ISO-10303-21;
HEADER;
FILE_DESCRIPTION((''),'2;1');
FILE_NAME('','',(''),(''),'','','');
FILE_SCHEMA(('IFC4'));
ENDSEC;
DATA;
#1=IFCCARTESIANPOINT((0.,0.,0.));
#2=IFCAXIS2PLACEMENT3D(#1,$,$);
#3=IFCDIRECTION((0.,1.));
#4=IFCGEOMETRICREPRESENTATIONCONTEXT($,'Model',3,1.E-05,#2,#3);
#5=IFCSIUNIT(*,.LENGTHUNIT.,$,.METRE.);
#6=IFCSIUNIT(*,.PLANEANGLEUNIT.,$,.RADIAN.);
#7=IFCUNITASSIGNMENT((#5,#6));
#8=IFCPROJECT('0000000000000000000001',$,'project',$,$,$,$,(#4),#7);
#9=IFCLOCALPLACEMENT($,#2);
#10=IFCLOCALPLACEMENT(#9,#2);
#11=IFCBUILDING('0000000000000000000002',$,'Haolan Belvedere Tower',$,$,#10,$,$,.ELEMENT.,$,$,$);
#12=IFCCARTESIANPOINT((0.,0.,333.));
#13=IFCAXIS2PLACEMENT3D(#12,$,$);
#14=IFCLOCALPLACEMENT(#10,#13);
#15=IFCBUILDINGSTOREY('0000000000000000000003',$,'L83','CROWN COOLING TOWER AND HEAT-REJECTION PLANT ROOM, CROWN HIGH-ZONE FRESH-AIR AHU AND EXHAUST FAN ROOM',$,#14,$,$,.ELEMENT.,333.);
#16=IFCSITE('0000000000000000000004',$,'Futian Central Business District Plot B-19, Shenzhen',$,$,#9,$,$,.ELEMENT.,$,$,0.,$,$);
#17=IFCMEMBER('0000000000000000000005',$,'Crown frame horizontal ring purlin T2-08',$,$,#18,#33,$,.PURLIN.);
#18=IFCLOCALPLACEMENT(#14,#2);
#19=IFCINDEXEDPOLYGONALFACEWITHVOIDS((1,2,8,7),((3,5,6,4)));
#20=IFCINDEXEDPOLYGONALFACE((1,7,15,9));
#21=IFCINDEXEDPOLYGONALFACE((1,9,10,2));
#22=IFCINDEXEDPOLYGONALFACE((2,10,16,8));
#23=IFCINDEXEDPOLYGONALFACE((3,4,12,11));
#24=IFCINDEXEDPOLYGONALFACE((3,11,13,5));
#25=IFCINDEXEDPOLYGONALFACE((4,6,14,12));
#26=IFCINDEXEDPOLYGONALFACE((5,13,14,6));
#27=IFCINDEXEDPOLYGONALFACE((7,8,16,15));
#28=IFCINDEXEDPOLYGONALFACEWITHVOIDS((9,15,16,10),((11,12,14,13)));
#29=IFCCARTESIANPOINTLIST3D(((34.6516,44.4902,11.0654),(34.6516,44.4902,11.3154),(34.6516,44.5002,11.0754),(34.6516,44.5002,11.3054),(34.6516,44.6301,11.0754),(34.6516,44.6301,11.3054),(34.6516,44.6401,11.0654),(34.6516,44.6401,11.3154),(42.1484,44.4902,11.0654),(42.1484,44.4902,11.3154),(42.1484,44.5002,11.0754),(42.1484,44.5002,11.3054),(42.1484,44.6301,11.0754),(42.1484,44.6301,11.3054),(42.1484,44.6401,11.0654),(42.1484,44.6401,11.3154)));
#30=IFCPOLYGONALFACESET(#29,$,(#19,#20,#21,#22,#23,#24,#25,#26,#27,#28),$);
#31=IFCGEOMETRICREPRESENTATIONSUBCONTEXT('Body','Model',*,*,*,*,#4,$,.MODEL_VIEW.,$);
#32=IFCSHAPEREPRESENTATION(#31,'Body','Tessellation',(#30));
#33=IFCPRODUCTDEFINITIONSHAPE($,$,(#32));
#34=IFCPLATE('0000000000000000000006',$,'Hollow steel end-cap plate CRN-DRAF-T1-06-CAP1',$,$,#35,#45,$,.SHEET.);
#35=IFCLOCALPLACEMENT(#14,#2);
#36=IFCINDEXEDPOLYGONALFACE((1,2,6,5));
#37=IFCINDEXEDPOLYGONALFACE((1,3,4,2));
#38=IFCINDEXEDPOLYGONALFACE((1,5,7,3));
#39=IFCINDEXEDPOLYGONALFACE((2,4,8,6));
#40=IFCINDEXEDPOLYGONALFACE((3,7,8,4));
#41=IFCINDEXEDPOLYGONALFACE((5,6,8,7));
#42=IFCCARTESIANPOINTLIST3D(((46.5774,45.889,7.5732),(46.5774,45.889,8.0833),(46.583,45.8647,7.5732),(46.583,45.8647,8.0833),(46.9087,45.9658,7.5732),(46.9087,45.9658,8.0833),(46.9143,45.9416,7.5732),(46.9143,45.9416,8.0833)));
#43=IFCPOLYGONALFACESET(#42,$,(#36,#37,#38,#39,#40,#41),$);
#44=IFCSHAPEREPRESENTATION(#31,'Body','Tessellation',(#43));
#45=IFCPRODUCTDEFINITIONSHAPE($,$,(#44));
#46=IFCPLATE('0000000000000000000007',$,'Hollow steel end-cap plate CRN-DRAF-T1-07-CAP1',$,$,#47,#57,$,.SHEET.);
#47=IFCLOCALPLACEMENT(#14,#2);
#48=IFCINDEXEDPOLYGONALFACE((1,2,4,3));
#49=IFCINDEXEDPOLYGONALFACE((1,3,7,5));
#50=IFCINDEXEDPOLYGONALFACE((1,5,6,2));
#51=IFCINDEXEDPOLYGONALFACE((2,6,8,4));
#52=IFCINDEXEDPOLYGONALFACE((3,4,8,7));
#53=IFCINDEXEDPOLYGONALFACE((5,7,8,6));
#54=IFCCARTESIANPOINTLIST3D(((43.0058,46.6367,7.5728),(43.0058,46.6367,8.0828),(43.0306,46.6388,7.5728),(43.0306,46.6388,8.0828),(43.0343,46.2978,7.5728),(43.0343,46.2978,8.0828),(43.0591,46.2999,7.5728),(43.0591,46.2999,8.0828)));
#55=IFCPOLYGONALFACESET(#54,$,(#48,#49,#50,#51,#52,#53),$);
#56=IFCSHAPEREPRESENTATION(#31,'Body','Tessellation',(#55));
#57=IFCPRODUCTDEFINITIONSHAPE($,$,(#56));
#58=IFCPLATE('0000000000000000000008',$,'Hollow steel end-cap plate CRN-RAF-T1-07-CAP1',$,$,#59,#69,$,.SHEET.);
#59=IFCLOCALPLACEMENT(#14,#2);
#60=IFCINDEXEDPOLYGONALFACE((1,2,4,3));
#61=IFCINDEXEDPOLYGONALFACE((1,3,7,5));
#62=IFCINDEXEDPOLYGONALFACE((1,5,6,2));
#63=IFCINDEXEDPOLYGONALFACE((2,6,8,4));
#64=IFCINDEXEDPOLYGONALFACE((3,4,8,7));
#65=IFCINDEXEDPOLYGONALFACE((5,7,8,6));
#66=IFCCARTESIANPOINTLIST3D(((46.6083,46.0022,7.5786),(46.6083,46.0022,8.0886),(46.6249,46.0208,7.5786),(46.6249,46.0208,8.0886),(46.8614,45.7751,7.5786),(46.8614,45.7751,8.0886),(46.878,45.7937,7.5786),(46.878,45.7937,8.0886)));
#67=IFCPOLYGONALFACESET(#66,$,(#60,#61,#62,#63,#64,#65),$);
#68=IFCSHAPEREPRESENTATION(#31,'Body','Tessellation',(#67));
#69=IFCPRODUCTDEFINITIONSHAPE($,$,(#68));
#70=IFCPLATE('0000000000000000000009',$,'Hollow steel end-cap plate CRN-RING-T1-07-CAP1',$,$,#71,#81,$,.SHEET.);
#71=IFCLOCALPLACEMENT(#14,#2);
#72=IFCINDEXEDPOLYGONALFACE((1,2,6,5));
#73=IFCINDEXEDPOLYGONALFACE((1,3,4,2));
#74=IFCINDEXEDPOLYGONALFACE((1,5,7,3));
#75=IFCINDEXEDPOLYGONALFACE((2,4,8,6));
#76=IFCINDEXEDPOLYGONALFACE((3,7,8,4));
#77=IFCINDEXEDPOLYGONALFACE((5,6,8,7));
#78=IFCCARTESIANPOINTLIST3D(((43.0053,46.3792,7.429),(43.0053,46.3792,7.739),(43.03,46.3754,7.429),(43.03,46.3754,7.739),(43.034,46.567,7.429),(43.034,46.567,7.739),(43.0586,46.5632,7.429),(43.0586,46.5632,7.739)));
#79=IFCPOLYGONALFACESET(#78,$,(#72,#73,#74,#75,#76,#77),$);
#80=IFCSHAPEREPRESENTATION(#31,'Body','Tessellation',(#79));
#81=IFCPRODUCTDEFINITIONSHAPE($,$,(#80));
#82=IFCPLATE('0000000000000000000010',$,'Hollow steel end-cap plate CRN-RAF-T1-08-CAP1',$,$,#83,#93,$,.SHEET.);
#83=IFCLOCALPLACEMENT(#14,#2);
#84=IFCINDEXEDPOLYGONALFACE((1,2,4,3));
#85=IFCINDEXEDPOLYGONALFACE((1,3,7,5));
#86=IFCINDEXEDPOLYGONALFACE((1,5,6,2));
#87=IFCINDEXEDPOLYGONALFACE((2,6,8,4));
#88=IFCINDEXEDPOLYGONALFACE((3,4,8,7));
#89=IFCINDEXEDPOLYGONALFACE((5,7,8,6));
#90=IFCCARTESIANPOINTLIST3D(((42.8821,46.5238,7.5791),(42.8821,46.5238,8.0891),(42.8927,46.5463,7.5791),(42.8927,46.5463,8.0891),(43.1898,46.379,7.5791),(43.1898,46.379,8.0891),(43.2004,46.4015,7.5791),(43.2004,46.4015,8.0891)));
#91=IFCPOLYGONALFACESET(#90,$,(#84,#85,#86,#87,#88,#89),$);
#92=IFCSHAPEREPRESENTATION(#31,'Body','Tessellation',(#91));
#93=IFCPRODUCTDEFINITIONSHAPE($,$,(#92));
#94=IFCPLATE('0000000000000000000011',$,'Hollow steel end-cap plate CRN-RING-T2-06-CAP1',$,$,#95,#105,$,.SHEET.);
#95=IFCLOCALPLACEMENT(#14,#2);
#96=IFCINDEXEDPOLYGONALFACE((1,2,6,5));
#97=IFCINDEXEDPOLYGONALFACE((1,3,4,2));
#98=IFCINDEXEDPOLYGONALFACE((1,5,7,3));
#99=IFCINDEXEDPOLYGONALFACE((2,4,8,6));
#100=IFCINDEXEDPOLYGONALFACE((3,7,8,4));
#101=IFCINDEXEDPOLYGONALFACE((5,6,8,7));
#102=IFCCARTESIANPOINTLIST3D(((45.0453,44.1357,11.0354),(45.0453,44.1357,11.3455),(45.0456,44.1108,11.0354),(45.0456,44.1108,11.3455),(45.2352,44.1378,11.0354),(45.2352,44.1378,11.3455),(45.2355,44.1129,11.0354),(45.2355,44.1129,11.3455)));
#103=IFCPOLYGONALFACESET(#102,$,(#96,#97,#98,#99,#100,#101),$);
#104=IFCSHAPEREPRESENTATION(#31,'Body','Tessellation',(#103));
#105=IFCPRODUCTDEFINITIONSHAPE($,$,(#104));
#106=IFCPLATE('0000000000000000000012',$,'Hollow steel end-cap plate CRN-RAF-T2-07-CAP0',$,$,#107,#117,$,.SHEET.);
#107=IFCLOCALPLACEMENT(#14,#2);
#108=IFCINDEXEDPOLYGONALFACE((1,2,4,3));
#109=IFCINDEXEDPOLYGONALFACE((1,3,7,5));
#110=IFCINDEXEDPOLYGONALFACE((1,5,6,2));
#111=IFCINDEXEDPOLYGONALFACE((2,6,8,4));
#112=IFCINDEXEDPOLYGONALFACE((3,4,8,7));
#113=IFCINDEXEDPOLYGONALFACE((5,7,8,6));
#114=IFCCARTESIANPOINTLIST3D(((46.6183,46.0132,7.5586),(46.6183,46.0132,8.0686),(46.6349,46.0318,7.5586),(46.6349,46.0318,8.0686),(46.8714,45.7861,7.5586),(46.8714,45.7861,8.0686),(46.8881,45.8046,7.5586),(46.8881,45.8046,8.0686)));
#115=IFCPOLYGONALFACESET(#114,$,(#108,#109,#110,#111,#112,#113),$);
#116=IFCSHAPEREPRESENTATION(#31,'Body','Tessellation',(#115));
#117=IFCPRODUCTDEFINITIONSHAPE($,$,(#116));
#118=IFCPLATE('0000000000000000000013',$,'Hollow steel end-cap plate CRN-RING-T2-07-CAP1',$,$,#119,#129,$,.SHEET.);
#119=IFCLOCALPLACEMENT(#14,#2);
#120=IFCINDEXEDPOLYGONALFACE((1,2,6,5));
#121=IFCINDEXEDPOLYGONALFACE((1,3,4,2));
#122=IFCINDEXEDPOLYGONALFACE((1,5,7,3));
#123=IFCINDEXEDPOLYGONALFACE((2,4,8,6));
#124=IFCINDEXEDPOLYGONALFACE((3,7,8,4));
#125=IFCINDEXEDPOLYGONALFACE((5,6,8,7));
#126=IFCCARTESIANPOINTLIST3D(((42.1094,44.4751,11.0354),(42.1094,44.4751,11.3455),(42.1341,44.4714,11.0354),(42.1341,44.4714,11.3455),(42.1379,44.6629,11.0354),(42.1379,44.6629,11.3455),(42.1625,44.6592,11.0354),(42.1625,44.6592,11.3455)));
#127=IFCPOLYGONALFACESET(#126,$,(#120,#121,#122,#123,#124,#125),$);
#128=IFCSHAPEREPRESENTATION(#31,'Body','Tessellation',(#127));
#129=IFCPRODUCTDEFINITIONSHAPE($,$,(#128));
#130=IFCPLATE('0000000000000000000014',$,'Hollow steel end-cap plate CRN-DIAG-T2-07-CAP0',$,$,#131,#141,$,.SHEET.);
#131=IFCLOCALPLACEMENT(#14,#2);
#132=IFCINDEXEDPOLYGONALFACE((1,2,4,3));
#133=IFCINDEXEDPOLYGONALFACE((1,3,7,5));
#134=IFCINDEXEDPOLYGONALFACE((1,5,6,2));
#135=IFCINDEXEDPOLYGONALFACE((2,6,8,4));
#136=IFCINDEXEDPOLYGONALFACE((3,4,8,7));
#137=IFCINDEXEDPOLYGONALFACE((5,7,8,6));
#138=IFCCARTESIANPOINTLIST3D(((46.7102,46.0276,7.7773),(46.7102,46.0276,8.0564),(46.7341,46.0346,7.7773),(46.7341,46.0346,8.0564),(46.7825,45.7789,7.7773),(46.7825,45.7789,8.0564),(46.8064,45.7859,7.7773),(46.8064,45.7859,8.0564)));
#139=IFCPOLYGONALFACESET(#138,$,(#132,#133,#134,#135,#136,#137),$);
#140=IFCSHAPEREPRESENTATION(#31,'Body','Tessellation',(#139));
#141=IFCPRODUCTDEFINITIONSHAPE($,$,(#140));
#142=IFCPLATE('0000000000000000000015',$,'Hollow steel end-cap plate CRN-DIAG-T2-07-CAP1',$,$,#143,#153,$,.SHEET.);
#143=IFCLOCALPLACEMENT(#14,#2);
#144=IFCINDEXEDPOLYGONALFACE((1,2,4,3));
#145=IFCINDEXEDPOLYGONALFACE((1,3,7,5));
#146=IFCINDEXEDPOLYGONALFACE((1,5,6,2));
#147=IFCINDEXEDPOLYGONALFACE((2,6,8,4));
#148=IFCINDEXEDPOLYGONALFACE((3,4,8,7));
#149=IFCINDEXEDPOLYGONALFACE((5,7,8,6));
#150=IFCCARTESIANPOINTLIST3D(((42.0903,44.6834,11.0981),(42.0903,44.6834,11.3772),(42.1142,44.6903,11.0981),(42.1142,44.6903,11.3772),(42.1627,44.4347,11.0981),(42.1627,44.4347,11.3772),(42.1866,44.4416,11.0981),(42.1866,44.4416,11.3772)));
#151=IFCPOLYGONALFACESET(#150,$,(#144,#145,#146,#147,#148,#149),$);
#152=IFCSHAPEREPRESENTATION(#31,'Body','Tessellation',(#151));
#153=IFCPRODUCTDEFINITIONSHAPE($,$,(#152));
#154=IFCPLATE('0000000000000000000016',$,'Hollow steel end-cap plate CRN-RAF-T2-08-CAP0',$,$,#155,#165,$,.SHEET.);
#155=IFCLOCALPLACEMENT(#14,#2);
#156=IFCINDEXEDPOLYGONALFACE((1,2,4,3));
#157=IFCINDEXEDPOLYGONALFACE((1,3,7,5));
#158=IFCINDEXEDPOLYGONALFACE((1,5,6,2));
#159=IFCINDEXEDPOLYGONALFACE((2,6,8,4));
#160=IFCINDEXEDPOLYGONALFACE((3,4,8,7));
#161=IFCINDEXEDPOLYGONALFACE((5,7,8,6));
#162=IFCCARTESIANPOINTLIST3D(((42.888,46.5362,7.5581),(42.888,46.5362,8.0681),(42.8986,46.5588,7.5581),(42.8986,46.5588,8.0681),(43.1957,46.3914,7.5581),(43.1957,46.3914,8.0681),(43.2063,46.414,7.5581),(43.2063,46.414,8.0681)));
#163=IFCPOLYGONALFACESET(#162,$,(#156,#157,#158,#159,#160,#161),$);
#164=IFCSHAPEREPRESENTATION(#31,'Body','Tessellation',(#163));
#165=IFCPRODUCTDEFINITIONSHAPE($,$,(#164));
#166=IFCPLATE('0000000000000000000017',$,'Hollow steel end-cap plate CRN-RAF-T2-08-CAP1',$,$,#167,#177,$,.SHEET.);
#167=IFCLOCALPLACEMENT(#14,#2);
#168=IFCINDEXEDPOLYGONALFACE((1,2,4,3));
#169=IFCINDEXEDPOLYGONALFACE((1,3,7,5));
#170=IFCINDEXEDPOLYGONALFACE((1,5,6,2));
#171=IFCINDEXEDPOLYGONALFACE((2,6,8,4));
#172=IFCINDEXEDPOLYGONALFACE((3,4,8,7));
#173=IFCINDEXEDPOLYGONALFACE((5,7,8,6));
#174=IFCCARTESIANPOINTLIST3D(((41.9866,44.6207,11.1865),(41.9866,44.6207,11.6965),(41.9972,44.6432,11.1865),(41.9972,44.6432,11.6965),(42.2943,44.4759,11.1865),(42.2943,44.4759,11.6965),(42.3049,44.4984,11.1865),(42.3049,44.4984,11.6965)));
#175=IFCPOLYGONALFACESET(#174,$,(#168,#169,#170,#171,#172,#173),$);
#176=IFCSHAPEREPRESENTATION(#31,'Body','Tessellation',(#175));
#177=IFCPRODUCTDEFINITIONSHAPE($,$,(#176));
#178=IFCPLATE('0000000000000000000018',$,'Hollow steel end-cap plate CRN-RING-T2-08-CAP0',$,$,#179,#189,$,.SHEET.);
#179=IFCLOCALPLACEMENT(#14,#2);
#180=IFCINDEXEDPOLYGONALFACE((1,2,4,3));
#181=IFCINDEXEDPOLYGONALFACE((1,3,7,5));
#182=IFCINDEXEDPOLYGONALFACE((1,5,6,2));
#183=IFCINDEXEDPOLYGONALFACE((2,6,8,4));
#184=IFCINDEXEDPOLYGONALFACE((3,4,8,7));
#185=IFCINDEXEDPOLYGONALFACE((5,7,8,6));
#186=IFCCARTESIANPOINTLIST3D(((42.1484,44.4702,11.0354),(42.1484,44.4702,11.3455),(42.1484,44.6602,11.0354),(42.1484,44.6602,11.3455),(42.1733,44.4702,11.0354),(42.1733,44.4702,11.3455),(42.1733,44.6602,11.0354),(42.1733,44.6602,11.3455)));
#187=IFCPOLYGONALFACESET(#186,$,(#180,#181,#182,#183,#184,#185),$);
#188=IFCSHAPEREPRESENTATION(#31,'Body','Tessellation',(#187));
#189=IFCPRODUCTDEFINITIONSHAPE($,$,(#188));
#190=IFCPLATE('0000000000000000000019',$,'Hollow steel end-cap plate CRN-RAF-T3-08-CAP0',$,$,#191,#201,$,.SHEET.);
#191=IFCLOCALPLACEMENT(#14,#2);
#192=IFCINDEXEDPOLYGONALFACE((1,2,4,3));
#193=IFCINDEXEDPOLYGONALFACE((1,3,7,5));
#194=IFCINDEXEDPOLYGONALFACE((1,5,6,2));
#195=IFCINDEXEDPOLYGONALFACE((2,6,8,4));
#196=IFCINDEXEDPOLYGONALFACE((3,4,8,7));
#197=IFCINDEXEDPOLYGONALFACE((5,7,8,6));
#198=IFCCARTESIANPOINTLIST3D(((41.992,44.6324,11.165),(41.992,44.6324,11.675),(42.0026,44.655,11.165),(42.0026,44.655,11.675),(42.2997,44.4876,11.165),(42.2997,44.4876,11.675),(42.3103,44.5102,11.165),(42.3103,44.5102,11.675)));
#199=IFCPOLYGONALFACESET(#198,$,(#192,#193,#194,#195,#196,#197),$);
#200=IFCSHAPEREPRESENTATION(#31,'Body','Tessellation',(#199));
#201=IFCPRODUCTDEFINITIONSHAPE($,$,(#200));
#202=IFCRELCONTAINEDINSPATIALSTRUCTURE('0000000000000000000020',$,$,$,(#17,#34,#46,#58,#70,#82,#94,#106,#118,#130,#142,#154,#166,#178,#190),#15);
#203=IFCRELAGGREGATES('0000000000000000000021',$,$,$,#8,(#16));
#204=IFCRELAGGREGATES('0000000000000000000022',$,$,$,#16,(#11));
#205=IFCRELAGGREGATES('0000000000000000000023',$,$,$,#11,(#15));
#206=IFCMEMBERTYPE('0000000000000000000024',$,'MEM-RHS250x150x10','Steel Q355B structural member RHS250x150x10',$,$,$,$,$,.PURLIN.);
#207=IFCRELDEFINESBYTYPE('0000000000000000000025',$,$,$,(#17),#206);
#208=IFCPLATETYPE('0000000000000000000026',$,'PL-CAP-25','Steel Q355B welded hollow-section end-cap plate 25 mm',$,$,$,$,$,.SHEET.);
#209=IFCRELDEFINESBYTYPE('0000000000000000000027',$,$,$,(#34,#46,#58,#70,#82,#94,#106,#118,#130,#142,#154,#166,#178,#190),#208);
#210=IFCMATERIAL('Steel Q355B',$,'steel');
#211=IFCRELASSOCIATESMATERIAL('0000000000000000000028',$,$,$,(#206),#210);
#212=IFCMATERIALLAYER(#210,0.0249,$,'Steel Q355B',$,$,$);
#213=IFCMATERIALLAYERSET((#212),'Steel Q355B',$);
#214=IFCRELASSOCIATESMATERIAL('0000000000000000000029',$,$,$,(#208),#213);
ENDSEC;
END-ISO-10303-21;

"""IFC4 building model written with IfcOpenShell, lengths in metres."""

from ifc_helpers import new_model, si_unit, direction, frame, origin, origin_2d, place, context, subcontext, project, spatial, rectangle, hollow_rectangle, extrude, material, layer, layer_set, material_profile, profile_set, type_object, element, save


model = new_model("IFC4")

# Units and contexts
model_context = context("Model", 3, precision=1e-05, world=origin(), true_north=direction((0.0, 1.0)))
body_context = subcontext(model_context, "Body", "Model", "MODEL_VIEW")
ifc_project = project(units=[si_unit("LENGTHUNIT", "METRE"), si_unit("PLANEANGLEUNIT", "RADIAN")], contexts=[model_context])

# Site, building, storey
site_placement = place(None, origin())
site = spatial("IfcSite", under=ifc_project, at=site_placement, Name="Futian Central Business District Plot B-19, Shenzhen", CompositionType="ELEMENT", RefElevation=0.0)
building_placement = place(site_placement, origin())
building = spatial("IfcBuilding", under=site, at=building_placement, Name="Haolan Belvedere Tower", CompositionType="ELEMENT")
storey_placement = place(building_placement, frame((0.0, 0.0, 333.0)))
storey = spatial("IfcBuildingStorey", under=building, at=storey_placement, Name="L83", Description="CROWN COOLING TOWER AND HEAT-REJECTION PLANT ROOM, CROWN HIGH-ZONE FRESH-AIR AHU AND EXHAUST FAN ROOM", CompositionType="ELEMENT", Elevation=333.0)

# Member
ifc_material_1 = material(Name="Steel Q355B", Category="steel")
ifc_material_profile_1 = material_profile(ifc_material_1, hollow_rectangle(XDim=0.1499, YDim=0.25, WallThickness=0.01, at=origin_2d()), Name="Steel Q355B")
ifc_profile_set_1 = profile_set([ifc_material_profile_1], Name="Steel Q355B")
member_type_1 = type_object("IfcMemberType", Name="MEM-RHS250x150x10", Description="Steel Q355B structural member RHS250x150x10", PredefinedType="PURLIN", material=ifc_profile_set_1)
member_1_placement = place(storey_placement, frame((42.1484, 44.5652, 11.1904), z_axis=(-1.0, 0.0, 0.0), x_axis=(0.0, -1.0, 0.0)))
element("IfcMember", 1, at=member_1_placement, inside=storey, type_object=member_type_1, Name="Crown frame horizontal ring purlin T2-08", PredefinedType="PURLIN", context=body_context, shape_type="SweptSolid", body=[
    extrude(hollow_rectangle(XDim=0.1499, YDim=0.25, WallThickness=0.01, at=origin_2d()), origin(), (0.0, 0.0, 1.0), 7.4968),
])

# Plates
ifc_layer_1 = layer(ifc_material_1, 0.0249, Name="Steel Q355B")
ifc_layer_set_1 = layer_set([ifc_layer_1], Name="Steel Q355B")
plate_type = type_object("IfcPlateType", Name="PL-CAP-25", Description="Steel Q355B welded hollow-section end-cap plate 25 mm", PredefinedType="SHEET", material=ifc_layer_set_1)
for number, where, z_axis, x_axis, name in (
    (2, (46.7458, 45.9153, 7.5732), (0.0, 0.0, 1.0), (-0.974122, -0.226022, 0.0), "Hollow steel end-cap plate CRN-DRAF-T1-06-CAP1"),
    (3, (43.0325, 46.4683, 7.5728), (0.0, 0.0, 1.0), (0.083713, -0.99649, 0.0), "Hollow steel end-cap plate CRN-DRAF-T1-07-CAP1"),
    (4, (46.7432, 45.8979, 7.5786), (0.0, 0.0, 1.0), (0.744288, -0.667859, 0.0), "Hollow steel end-cap plate CRN-RAF-T1-07-CAP1"),
):
    element("IfcPlate", number, at=place(storey_placement, frame(where, z_axis=z_axis, x_axis=x_axis)), inside=storey, type_object=plate_type, Name=name, PredefinedType="SHEET", context=body_context, shape_type="SweptSolid", body=[
        extrude(rectangle(XDim=0.3401, YDim=0.0249, at=origin_2d()), origin(), (0.0, 0.0, 1.0), 0.51),
    ])
plate_1_placement = place(storey_placement, frame((43.032, 46.4712, 7.429), z_axis=(0.0, 0.0, 1.0), x_axis=(-0.150916, -0.988547, 0.0)))
element("IfcPlate", 5, at=plate_1_placement, inside=storey, type_object=plate_type, Name="Hollow steel end-cap plate CRN-RING-T1-07-CAP1", PredefinedType="SHEET", context=body_context, shape_type="SweptSolid", body=[
    extrude(rectangle(XDim=0.1899, YDim=0.0249, at=origin_2d()), origin(), (0.0, 0.0, 1.0), 0.3101),
])
plate_2_placement = place(storey_placement, frame((43.0413, 46.4626, 7.5791), z_axis=(0.0, 0.0, 1.0), x_axis=(0.90482, -0.425795, 0.0)))
element("IfcPlate", 6, at=plate_2_placement, inside=storey, type_object=plate_type, Name="Hollow steel end-cap plate CRN-RAF-T1-08-CAP1", PredefinedType="SHEET", context=body_context, shape_type="SweptSolid", body=[
    extrude(rectangle(XDim=0.3401, YDim=0.0249, at=origin_2d()), origin(), (0.0, 0.0, 1.0), 0.51),
])
plate_3_placement = place(storey_placement, frame((45.1404, 44.1243, 11.0354), z_axis=(0.0, 0.0, 1.0), x_axis=(-0.99994, -0.01096, 0.0)))
element("IfcPlate", 7, at=plate_3_placement, inside=storey, type_object=plate_type, Name="Hollow steel end-cap plate CRN-RING-T2-06-CAP1", PredefinedType="SHEET", context=body_context, shape_type="SweptSolid", body=[
    extrude(rectangle(XDim=0.1899, YDim=0.0249, at=origin_2d()), origin(), (0.0, 0.0, 1.0), 0.3101),
])
plate_4_placement = place(storey_placement, frame((46.7532, 45.9089, 7.5586), z_axis=(0.0, 0.0, 1.0), x_axis=(-0.744288, 0.667859, 0.0)))
element("IfcPlate", 8, at=plate_4_placement, inside=storey, type_object=plate_type, Name="Hollow steel end-cap plate CRN-RAF-T2-07-CAP0", PredefinedType="SHEET", context=body_context, shape_type="SweptSolid", body=[
    extrude(rectangle(XDim=0.3401, YDim=0.0249, at=origin_2d()), origin(), (0.0, 0.0, 1.0), 0.51),
])
plate_5_placement = place(storey_placement, frame((42.136, 44.5671, 11.0354), z_axis=(0.0, 0.0, 1.0), x_axis=(-0.149846, -0.988709, 0.0)))
element("IfcPlate", 9, at=plate_5_placement, inside=storey, type_object=plate_type, Name="Hollow steel end-cap plate CRN-RING-T2-07-CAP1", PredefinedType="SHEET", context=body_context, shape_type="SweptSolid", body=[
    extrude(rectangle(XDim=0.1899, YDim=0.0249, at=origin_2d()), origin(), (0.0, 0.0, 1.0), 0.3101),
])
for number, where, z_axis, x_axis, name in (
    (10, (46.7583, 45.9067, 7.7773), (0.0, 0.0, 1.0), (-0.279393, 0.960177, 0.0), "Hollow steel end-cap plate CRN-DIAG-T2-07-CAP0"),
    (11, (42.1384, 44.5625, 11.0981), (0.0, 0.0, 1.0), (0.279393, -0.960177, 0.0), "Hollow steel end-cap plate CRN-DIAG-T2-07-CAP1"),
):
    element("IfcPlate", number, at=place(storey_placement, frame(where, z_axis=z_axis, x_axis=x_axis)), inside=storey, type_object=plate_type, Name=name, PredefinedType="SHEET", context=body_context, shape_type="SweptSolid", body=[
        extrude(rectangle(XDim=0.259, YDim=0.0249, at=origin_2d()), origin(), (0.0, 0.0, 1.0), 0.2791),
    ])
for number, where, z_axis, x_axis, name in (
    (12, (43.0471, 46.4751, 7.5581), (0.0, 0.0, 1.0), (-0.90482, 0.425795, 0.0), "Hollow steel end-cap plate CRN-RAF-T2-08-CAP0"),
    (13, (42.1458, 44.5596, 11.1865), (0.0, 0.0, 1.0), (0.90482, -0.425795, 0.0), "Hollow steel end-cap plate CRN-RAF-T2-08-CAP1"),
):
    element("IfcPlate", number, at=place(storey_placement, frame(where, z_axis=z_axis, x_axis=x_axis)), inside=storey, type_object=plate_type, Name=name, PredefinedType="SHEET", context=body_context, shape_type="SweptSolid", body=[
        extrude(rectangle(XDim=0.3401, YDim=0.0249, at=origin_2d()), origin(), (0.0, 0.0, 1.0), 0.51),
    ])
plate_6_placement = place(storey_placement, frame((42.1609, 44.5652, 11.0354), z_axis=(0.0, 0.0, 1.0), x_axis=(0.0, 1.0, 0.0)))
element("IfcPlate", 14, at=plate_6_placement, inside=storey, type_object=plate_type, Name="Hollow steel end-cap plate CRN-RING-T2-08-CAP0", PredefinedType="SHEET", context=body_context, shape_type="SweptSolid", body=[
    extrude(rectangle(XDim=0.1899, YDim=0.0249, at=origin_2d()), origin(), (0.0, 0.0, 1.0), 0.3101),
])
plate_7_placement = place(storey_placement, frame((42.1511, 44.5713, 11.165), z_axis=(0.0, 0.0, 1.0), x_axis=(-0.90482, 0.425795, 0.0)))
element("IfcPlate", 15, at=plate_7_placement, inside=storey, type_object=plate_type, Name="Hollow steel end-cap plate CRN-RAF-T3-08-CAP0", PredefinedType="SHEET", context=body_context, shape_type="SweptSolid", body=[
    extrude(rectangle(XDim=0.3401, YDim=0.0249, at=origin_2d()), origin(), (0.0, 0.0, 1.0), 0.51),
])

save(model, "model.ifc")
